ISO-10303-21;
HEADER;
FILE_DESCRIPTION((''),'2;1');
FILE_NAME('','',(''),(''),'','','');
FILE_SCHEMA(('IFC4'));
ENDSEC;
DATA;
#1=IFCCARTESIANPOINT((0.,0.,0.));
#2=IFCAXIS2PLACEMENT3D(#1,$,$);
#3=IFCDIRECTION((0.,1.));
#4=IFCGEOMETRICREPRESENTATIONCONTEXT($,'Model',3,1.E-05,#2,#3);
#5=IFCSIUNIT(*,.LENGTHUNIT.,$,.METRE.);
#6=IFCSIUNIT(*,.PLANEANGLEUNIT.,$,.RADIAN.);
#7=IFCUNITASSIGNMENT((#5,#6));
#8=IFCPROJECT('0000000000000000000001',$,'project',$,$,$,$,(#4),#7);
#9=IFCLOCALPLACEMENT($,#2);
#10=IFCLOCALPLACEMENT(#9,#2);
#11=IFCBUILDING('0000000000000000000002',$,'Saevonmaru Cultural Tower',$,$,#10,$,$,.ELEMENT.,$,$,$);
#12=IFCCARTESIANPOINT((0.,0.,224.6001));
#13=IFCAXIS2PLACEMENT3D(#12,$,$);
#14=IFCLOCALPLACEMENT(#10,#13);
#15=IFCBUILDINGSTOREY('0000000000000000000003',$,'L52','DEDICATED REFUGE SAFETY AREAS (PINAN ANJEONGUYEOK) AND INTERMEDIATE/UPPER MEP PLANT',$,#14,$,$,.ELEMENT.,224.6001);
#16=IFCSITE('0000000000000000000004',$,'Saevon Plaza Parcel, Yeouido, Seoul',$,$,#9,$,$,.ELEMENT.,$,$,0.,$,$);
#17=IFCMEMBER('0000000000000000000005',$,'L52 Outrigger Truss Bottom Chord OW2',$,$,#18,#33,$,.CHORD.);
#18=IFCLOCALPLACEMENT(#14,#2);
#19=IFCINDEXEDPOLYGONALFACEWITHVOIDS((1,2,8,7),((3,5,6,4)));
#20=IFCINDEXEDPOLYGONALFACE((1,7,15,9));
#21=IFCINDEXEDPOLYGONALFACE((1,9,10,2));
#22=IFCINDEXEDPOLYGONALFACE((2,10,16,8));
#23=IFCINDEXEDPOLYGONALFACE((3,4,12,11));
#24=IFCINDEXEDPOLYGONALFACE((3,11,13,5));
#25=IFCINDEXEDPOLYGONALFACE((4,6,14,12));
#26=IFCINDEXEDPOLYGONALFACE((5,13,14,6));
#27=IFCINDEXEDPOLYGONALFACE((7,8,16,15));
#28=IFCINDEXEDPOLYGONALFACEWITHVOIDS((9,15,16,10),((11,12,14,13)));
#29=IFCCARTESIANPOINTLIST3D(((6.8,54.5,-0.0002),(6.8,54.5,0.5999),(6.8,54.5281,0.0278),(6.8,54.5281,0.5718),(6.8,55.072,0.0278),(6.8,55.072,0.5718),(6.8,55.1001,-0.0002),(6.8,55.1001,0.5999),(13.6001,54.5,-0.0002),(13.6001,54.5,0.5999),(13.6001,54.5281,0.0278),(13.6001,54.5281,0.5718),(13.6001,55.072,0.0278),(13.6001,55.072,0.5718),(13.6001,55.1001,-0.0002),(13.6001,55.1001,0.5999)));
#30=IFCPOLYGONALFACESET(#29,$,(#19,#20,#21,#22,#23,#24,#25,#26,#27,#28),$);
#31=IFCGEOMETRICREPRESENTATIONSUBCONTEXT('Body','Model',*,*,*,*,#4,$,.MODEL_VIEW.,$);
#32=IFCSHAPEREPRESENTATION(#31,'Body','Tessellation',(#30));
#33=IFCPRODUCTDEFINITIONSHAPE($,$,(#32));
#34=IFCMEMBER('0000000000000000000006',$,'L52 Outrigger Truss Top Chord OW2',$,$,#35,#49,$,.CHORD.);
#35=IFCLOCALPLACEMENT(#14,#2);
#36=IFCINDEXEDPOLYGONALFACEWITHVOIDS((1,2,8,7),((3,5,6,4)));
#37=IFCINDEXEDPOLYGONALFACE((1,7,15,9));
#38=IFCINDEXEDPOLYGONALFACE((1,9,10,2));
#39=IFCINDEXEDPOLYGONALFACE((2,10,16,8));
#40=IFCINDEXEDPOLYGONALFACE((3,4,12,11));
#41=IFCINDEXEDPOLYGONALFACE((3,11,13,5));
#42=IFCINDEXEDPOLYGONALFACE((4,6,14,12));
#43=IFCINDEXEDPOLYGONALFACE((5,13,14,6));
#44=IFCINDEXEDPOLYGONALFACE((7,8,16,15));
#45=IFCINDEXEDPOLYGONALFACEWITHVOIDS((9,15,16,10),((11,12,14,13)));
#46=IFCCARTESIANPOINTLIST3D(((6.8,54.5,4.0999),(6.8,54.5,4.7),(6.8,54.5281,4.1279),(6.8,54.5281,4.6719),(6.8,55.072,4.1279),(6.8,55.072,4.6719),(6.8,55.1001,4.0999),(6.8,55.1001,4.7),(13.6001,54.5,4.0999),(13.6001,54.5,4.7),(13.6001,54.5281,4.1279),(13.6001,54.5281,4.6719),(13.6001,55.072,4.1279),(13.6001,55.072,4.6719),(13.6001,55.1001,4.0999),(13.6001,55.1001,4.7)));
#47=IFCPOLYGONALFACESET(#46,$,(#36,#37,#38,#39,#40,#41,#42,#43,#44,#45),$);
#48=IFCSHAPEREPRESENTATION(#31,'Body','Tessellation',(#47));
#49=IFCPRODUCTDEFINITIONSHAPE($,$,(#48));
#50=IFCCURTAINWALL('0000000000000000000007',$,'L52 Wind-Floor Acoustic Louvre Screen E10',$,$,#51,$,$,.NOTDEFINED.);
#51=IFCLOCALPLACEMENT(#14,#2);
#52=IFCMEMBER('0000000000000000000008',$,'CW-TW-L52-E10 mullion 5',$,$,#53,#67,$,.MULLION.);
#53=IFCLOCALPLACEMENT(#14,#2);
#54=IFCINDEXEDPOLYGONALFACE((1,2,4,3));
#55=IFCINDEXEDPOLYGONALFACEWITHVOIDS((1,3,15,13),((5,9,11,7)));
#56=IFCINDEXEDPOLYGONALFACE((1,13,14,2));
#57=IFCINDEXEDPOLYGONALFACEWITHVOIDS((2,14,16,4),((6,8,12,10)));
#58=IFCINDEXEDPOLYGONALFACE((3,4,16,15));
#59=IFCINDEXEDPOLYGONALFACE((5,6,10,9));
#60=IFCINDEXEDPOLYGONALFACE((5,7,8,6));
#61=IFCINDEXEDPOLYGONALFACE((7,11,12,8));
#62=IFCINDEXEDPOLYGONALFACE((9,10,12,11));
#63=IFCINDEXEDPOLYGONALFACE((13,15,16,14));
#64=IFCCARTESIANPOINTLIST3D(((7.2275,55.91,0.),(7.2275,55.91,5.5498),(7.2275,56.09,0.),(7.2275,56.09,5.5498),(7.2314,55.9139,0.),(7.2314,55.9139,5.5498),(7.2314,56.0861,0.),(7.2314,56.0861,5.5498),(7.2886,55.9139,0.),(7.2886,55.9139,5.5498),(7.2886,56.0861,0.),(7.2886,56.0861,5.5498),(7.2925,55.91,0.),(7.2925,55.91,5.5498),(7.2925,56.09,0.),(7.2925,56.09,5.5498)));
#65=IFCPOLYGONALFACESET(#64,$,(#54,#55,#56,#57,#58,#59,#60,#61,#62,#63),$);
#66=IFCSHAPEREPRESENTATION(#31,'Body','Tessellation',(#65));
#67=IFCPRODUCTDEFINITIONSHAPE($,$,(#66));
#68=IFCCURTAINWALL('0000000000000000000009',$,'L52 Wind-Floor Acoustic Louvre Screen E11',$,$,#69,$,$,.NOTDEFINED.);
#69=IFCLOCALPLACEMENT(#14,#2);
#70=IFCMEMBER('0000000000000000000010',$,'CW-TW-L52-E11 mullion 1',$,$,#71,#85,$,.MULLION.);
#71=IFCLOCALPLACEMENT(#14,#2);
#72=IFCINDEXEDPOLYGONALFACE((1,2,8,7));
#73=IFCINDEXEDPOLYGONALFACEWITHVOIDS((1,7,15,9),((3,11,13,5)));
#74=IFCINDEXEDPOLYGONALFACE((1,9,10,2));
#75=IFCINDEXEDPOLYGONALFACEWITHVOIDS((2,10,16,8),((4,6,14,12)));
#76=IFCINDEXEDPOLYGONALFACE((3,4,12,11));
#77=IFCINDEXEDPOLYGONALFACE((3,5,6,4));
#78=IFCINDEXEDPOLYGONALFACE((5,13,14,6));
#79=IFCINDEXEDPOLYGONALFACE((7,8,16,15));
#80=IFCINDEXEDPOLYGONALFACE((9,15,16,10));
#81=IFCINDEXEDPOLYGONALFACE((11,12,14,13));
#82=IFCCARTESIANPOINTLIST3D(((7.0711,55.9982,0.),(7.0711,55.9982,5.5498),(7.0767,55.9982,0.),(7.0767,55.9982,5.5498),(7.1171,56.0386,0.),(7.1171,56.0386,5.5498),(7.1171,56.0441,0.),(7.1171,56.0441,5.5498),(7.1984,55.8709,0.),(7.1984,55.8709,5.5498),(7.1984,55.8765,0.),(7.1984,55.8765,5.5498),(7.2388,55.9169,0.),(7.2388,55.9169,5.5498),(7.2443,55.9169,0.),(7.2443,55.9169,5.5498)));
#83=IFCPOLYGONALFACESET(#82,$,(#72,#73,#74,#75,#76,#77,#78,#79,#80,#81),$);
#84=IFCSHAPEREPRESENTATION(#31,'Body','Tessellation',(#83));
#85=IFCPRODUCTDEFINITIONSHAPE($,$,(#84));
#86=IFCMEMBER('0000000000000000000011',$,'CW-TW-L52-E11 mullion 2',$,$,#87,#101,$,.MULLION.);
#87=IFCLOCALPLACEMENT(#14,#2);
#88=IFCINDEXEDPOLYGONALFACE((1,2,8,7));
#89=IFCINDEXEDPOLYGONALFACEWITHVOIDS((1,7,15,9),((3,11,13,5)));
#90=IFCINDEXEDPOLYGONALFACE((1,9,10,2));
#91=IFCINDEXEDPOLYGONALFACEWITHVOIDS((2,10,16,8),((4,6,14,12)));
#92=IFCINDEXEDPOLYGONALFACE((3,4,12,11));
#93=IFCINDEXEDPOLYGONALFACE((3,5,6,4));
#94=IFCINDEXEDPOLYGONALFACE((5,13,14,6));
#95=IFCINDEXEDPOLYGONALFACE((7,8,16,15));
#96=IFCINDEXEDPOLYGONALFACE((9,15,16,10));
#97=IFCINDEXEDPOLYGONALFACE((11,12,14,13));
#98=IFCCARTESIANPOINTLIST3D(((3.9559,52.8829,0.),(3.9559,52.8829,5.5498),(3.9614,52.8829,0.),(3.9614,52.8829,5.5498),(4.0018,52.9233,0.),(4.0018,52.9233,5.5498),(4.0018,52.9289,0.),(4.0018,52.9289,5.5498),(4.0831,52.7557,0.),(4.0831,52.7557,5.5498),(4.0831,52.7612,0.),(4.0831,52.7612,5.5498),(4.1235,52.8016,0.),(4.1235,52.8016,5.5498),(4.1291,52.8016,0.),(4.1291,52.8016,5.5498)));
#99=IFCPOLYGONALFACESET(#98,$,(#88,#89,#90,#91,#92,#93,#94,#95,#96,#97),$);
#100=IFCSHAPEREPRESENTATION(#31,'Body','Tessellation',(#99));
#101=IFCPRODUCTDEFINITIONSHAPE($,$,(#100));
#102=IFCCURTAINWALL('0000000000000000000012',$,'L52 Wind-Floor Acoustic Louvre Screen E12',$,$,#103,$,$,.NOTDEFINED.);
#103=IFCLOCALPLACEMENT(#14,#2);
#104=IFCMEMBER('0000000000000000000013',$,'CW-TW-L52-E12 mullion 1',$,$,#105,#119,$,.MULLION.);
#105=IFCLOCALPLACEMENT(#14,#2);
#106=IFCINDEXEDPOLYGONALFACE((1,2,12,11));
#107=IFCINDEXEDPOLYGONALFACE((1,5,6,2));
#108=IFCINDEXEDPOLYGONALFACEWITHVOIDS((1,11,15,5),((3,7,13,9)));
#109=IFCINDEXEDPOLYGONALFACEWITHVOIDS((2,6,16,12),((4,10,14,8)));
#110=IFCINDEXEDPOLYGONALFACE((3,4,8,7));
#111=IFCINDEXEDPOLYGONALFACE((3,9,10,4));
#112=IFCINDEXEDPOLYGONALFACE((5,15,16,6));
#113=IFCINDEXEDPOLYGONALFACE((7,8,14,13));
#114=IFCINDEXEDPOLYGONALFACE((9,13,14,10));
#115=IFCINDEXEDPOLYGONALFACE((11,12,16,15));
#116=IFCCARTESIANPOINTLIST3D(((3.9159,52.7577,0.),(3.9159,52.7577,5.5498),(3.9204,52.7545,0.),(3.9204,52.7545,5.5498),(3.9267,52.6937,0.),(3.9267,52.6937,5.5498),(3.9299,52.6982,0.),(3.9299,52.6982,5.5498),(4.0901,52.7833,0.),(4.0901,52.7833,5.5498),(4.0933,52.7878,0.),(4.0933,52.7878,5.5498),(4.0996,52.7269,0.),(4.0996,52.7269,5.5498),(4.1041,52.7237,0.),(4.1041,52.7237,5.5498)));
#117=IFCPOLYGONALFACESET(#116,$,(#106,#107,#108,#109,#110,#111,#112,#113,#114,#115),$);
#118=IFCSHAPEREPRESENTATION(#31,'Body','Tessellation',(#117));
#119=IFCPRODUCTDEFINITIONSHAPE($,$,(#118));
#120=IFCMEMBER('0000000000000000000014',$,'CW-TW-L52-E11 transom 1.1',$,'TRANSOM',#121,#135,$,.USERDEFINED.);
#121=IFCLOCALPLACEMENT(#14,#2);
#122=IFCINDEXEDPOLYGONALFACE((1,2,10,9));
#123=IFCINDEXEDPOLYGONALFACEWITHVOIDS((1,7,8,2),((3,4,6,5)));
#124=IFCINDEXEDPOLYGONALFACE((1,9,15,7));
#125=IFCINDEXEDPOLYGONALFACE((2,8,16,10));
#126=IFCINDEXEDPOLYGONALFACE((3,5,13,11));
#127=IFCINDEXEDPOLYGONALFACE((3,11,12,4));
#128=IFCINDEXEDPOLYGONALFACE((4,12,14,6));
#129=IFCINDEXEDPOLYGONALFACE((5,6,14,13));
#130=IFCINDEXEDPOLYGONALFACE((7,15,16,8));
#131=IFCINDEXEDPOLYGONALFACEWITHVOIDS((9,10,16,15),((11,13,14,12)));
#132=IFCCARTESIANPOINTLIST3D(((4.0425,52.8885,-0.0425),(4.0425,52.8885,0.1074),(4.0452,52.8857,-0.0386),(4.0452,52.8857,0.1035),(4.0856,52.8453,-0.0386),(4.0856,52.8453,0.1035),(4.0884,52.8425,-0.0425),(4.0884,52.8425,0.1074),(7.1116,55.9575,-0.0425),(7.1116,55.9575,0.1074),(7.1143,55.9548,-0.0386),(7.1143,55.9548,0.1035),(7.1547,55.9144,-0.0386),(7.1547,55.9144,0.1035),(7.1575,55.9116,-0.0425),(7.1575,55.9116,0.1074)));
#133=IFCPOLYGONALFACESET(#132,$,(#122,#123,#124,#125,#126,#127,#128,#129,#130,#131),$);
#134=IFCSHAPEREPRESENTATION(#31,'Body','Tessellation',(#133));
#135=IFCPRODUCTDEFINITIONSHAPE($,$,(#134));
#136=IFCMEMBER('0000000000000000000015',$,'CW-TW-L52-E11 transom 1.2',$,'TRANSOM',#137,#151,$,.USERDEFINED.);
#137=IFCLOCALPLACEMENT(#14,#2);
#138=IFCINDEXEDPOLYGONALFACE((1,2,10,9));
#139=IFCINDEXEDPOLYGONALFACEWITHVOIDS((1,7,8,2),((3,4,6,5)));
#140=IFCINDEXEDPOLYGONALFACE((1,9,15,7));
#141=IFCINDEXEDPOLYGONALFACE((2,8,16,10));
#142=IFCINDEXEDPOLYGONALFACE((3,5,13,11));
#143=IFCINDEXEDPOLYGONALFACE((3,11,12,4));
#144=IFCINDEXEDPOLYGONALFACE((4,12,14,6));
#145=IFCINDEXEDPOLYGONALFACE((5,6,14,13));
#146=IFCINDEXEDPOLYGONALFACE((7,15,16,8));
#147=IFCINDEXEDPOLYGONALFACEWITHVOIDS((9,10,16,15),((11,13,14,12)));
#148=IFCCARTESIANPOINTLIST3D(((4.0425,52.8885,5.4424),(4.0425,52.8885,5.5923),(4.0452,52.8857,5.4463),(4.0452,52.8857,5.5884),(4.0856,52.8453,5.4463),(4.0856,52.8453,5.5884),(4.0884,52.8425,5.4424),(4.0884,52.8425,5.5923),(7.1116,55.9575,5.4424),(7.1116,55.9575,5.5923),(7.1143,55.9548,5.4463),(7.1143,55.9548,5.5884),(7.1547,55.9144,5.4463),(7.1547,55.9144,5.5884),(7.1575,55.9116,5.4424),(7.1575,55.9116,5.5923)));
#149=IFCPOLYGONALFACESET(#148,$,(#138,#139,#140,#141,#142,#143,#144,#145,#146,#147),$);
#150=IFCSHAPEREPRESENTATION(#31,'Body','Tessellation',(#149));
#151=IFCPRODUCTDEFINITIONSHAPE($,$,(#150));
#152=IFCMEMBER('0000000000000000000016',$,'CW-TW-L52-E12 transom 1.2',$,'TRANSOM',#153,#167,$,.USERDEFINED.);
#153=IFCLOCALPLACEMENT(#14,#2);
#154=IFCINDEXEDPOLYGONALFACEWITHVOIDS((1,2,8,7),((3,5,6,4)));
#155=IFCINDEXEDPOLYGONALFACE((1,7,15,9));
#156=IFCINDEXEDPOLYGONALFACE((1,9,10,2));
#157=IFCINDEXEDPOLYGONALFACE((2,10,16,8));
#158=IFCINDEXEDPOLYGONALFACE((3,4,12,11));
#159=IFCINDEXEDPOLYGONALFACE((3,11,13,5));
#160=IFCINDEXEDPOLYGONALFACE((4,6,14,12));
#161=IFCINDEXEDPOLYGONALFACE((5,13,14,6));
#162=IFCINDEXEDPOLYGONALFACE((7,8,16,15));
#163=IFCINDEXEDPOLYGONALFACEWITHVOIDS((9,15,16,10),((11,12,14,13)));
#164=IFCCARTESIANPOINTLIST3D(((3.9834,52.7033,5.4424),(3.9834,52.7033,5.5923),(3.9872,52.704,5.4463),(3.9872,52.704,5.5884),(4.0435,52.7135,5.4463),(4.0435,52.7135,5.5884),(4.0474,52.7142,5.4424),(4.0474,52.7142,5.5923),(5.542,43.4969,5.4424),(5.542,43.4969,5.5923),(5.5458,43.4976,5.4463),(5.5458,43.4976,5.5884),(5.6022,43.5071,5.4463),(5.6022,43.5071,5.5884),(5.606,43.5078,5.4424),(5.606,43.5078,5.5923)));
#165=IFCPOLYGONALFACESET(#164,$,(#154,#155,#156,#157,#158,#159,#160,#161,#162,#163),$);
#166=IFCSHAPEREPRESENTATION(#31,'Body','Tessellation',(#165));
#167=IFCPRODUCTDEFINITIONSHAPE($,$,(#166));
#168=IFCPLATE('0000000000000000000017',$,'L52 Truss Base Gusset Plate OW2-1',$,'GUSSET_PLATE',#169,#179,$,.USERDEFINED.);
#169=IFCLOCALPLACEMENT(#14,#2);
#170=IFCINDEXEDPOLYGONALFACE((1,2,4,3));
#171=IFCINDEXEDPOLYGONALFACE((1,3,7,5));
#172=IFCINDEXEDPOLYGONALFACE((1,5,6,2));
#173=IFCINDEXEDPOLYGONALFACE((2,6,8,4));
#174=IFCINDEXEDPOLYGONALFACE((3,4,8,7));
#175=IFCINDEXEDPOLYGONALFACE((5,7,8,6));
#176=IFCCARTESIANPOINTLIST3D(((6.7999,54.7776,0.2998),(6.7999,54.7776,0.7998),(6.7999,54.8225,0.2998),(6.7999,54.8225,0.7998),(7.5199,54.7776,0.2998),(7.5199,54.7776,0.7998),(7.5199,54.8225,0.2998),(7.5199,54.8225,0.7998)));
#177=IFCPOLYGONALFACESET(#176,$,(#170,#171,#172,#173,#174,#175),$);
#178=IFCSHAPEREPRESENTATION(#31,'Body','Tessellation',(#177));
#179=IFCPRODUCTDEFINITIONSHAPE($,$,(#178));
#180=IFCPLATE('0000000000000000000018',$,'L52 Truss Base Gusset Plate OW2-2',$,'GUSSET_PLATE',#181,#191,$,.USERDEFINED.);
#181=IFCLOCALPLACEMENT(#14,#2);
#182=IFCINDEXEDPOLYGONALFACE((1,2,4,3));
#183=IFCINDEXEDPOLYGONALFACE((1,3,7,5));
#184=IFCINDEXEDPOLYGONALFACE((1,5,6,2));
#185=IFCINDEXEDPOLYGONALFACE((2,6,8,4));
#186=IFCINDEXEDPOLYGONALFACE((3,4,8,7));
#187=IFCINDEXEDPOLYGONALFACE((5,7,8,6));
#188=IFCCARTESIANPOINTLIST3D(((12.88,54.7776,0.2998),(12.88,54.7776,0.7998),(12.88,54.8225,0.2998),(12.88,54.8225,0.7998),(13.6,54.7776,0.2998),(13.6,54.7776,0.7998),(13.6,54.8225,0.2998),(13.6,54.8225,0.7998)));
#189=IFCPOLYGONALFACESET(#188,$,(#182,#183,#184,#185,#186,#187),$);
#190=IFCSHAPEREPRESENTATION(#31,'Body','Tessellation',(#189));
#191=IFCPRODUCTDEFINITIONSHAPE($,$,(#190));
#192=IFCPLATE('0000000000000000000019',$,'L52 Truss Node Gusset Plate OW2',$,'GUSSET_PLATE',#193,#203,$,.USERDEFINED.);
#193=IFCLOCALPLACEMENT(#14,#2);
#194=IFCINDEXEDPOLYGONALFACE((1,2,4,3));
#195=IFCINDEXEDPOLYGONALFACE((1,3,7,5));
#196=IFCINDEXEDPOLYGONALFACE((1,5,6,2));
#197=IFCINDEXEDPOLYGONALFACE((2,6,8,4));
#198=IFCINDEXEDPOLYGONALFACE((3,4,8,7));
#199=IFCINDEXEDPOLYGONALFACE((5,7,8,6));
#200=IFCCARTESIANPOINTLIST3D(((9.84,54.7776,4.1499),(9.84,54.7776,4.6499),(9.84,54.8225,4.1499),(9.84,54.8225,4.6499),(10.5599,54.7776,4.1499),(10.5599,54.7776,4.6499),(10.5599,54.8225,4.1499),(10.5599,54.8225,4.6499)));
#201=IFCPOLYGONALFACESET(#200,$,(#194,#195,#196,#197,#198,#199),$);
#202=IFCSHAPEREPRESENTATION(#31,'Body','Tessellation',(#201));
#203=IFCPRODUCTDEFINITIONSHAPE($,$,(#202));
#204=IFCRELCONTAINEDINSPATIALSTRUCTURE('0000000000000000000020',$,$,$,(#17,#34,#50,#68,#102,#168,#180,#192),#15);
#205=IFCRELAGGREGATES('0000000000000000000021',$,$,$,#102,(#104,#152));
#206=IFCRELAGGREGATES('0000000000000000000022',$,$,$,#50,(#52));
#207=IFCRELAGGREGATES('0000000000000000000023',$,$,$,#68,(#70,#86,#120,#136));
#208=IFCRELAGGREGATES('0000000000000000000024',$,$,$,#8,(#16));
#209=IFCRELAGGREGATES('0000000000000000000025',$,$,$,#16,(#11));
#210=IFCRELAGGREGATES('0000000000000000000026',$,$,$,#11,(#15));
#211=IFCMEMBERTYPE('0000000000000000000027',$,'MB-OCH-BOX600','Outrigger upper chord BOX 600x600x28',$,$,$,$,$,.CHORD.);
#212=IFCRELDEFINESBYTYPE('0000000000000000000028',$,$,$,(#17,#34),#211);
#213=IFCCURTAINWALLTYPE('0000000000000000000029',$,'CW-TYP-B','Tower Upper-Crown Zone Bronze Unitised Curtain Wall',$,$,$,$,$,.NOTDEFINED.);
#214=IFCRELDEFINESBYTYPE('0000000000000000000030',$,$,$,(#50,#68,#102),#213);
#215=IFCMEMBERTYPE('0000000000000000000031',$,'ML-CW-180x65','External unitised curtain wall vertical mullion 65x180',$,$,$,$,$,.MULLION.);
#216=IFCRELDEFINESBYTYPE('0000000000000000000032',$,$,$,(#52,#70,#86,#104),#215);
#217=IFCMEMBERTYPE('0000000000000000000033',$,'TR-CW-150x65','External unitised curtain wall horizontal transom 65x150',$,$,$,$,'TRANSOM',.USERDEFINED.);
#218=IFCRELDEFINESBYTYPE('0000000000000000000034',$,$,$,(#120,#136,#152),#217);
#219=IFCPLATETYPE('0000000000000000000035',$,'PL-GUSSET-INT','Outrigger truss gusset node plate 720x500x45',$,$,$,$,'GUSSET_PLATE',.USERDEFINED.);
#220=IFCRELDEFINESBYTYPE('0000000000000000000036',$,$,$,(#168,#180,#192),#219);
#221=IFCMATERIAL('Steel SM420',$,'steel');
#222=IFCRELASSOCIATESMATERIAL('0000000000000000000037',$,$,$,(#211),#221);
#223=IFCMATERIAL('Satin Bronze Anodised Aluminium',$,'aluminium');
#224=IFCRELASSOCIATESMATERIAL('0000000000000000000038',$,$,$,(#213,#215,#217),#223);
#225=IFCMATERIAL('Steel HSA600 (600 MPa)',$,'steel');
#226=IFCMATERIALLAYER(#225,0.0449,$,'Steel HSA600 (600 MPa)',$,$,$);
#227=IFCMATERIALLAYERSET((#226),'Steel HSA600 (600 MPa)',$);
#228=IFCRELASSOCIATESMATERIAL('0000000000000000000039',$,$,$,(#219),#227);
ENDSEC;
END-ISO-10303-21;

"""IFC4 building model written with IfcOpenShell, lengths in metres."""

from ifc_helpers import new_model, si_unit, direction, frame, origin, origin_2d, place, context, subcontext, project, spatial, rectangle, hollow_rectangle, extrude, material, layer, layer_set, material_profile, profile_set, type_object, element, aggregate, save


model = new_model("IFC4")

# Units and contexts
model_context = context("Model", 3, precision=1e-05, world=origin(), true_north=direction((0.0, 1.0)))
body_context = subcontext(model_context, "Body", "Model", "MODEL_VIEW")
ifc_project = project(units=[si_unit("LENGTHUNIT", "METRE"), si_unit("PLANEANGLEUNIT", "RADIAN")], contexts=[model_context])

# Site, building, storey
site_placement = place(None, origin())
site = spatial("IfcSite", under=ifc_project, at=site_placement, Name="Saevon Plaza Parcel, Yeouido, Seoul", CompositionType="ELEMENT", RefElevation=0.0)
building_placement = place(site_placement, origin())
building = spatial("IfcBuilding", under=site, at=building_placement, Name="Saevonmaru Cultural Tower", CompositionType="ELEMENT")
storey_placement = place(building_placement, frame((0.0, 0.0, 224.6001)))
storey = spatial("IfcBuildingStorey", under=building, at=storey_placement, Name="L52", Description="DEDICATED REFUGE SAFETY AREAS (PINAN ANJEONGUYEOK) AND INTERMEDIATE/UPPER MEP PLANT", CompositionType="ELEMENT", Elevation=224.6001)

# Shared definitions
ifc_material_1 = material(Name="Steel SM420", Category="steel")

# Members
ifc_material_profile_1 = material_profile(ifc_material_1, hollow_rectangle(XDim=0.6001, YDim=0.6001, WallThickness=0.0281, at=origin_2d()), Name="BOX-600x600x28")
ifc_profile_set_1 = profile_set([ifc_material_profile_1], Name="Steel SM420")
member_type_1 = type_object("IfcMemberType", Name="MB-OCH-BOX600", Description="Outrigger upper chord BOX 600x600x28", PredefinedType="CHORD", material=ifc_profile_set_1)
for number, where, z_axis, x_axis, name in (
    (1, (6.8, 54.8, 0.2998), (1.0, 0.0, 0.0), (0.0, 1.0, 0.0), "L52 Outrigger Truss Bottom Chord OW2"),
    (2, (6.8, 54.8, 4.3999), (1.0, 0.0, 0.0), (0.0, 1.0, 0.0), "L52 Outrigger Truss Top Chord OW2"),
):
    element("IfcMember", number, at=place(storey_placement, frame(where, z_axis=z_axis, x_axis=x_axis)), inside=storey, type_object=member_type_1, Name=name, PredefinedType="CHORD", context=body_context, shape_type="SweptSolid", body=[
        extrude(hollow_rectangle(XDim=0.6001, YDim=0.6001, WallThickness=0.0281, at=origin_2d()), origin(), (0.0, 0.0, 1.0), 6.8),
    ])

# Curtain wall, member
ifc_material_2 = material(Name="Satin Bronze Anodised Aluminium", Category="aluminium")
curtain_wall_type = type_object("IfcCurtainWallType", Name="CW-TYP-B", Description="Tower Upper-Crown Zone Bronze Unitised Curtain Wall", PredefinedType="NOTDEFINED", material=ifc_material_2)
curtain_wall_1_placement = place(storey_placement, origin())
curtain_wall_1 = element("IfcCurtainWall", 3, at=curtain_wall_1_placement, inside=storey, type_object=curtain_wall_type, Name="L52 Wind-Floor Acoustic Louvre Screen E10", PredefinedType="NOTDEFINED")
ifc_material_profile_2 = material_profile(ifc_material_2, hollow_rectangle(XDim=0.0649, YDim=0.1799, WallThickness=0.0039, at=origin_2d()), Name="ALU-MULL-180x65x4")
ifc_profile_set_2 = profile_set([ifc_material_profile_2], Name="Satin Bronze Anodised Aluminium")
member_type_2 = type_object("IfcMemberType", Name="ML-CW-180x65", Description="External unitised curtain wall vertical mullion 65x180", PredefinedType="MULLION", material=ifc_profile_set_2)
member_1_placement = place(storey_placement, frame((7.26, 56.0, 0.0), z_axis=(0.0, 0.0, 1.0), x_axis=(-1.0, 0.0, 0.0)))
member_1 = element("IfcMember", 4, at=member_1_placement, type_object=member_type_2, Name="CW-TW-L52-E10 mullion 5", PredefinedType="MULLION", context=body_context, shape_type="SweptSolid", body=[
    extrude(hollow_rectangle(XDim=0.0649, YDim=0.1799, WallThickness=0.0039, at=origin_2d()), origin(), (0.0, 0.0, 1.0), 5.5498),
])

# Curtain wall, members
curtain_wall_2_placement = place(storey_placement, origin())
curtain_wall_2 = element("IfcCurtainWall", 5, at=curtain_wall_2_placement, inside=storey, type_object=curtain_wall_type, Name="L52 Wind-Floor Acoustic Louvre Screen E11", PredefinedType="NOTDEFINED")
member_2_placement = place(storey_placement, frame((7.1577, 55.9575, 0.0), z_axis=(0.0, 0.0, 1.0), x_axis=(-0.707107, -0.707107, 0.0)))
member_2 = element("IfcMember", 6, at=member_2_placement, type_object=member_type_2, Name="CW-TW-L52-E11 mullion 1", PredefinedType="MULLION", context=body_context, shape_type="SweptSolid", body=[
    extrude(hollow_rectangle(XDim=0.0649, YDim=0.1799, WallThickness=0.0039, at=origin_2d()), origin(), (0.0, 0.0, 1.0), 5.5498),
])
member_3_placement = place(storey_placement, frame((4.0425, 52.8423, 0.0), z_axis=(0.0, 0.0, 1.0), x_axis=(-0.707107, -0.707107, 0.0)))
member_3 = element("IfcMember", 7, at=member_3_placement, type_object=member_type_2, Name="CW-TW-L52-E11 mullion 2", PredefinedType="MULLION", context=body_context, shape_type="SweptSolid", body=[
    extrude(hollow_rectangle(XDim=0.0649, YDim=0.1799, WallThickness=0.0039, at=origin_2d()), origin(), (0.0, 0.0, 1.0), 5.5498),
])

# Curtain wall, member
curtain_wall_3_placement = place(storey_placement, origin())
curtain_wall_3 = element("IfcCurtainWall", 8, at=curtain_wall_3_placement, inside=storey, type_object=curtain_wall_type, Name="L52 Wind-Floor Acoustic Louvre Screen E12", PredefinedType="NOTDEFINED")
member_4_placement = place(storey_placement, frame((4.01, 52.7407, 0.0), z_axis=(0.0, 0.0, 1.0), x_axis=(0.166922, -0.98597, 0.0)))
member_4 = element("IfcMember", 9, at=member_4_placement, type_object=member_type_2, Name="CW-TW-L52-E12 mullion 1", PredefinedType="MULLION", context=body_context, shape_type="SweptSolid", body=[
    extrude(hollow_rectangle(XDim=0.0649, YDim=0.1799, WallThickness=0.0039, at=origin_2d()), origin(), (0.0, 0.0, 1.0), 5.5498),
])

# Members
ifc_material_profile_3 = material_profile(ifc_material_2, hollow_rectangle(XDim=0.0649, YDim=0.1499, WallThickness=0.0039, at=origin_2d()), Name="ALU-TRAN-150x65x4")
ifc_profile_set_3 = profile_set([ifc_material_profile_3], Name="Satin Bronze Anodised Aluminium")
member_type_3 = type_object("IfcMemberType", Name="TR-CW-150x65", Description="External unitised curtain wall horizontal transom 65x150", ElementType="TRANSOM", PredefinedType="USERDEFINED", material=ifc_profile_set_3)
member_5_placement = place(storey_placement, frame((7.1345, 55.9346, 0.0325), z_axis=(-0.707107, -0.707107, 0.0), x_axis=(0.707107, -0.707107, 0.0)))
member_5 = element("IfcMember", 10, at=member_5_placement, type_object=member_type_3, Name="CW-TW-L52-E11 transom 1.1", ObjectType="TRANSOM", PredefinedType="USERDEFINED", context=body_context, shape_type="SweptSolid", body=[
    extrude(hollow_rectangle(XDim=0.0649, YDim=0.1499, WallThickness=0.0039, at=origin_2d()), origin(), (0.0, 0.0, 1.0), 4.3403),
])
member_6_placement = place(storey_placement, frame((7.1345, 55.9346, 5.5173), z_axis=(-0.707107, -0.707107, 0.0), x_axis=(0.707107, -0.707107, 0.0)))
member_6 = element("IfcMember", 11, at=member_6_placement, type_object=member_type_3, Name="CW-TW-L52-E11 transom 1.2", ObjectType="TRANSOM", PredefinedType="USERDEFINED", context=body_context, shape_type="SweptSolid", body=[
    extrude(hollow_rectangle(XDim=0.0649, YDim=0.1499, WallThickness=0.0039, at=origin_2d()), origin(), (0.0, 0.0, 1.0), 4.3403),
])
member_7_placement = place(storey_placement, frame((4.0154, 52.7087, 5.5173), z_axis=(0.166921, -0.98597, 0.0), x_axis=(0.98597, 0.166921, 0.0)))
member_7 = element("IfcMember", 12, at=member_7_placement, type_object=member_type_3, Name="CW-TW-L52-E12 transom 1.2", ObjectType="TRANSOM", PredefinedType="USERDEFINED", context=body_context, shape_type="SweptSolid", body=[
    extrude(hollow_rectangle(XDim=0.0649, YDim=0.1499, WallThickness=0.0039, at=origin_2d()), origin(), (0.0, 0.0, 1.0), 9.3374),
])
aggregate(curtain_wall_3, [member_4, member_7])

# Plates
ifc_material_3 = material(Name="Steel HSA600 (600 MPa)", Category="steel")
ifc_layer_1 = layer(ifc_material_3, 0.0449, Name="Steel HSA600 (600 MPa)")
ifc_layer_set_1 = layer_set([ifc_layer_1], Name="Steel HSA600 (600 MPa)")
plate_type_1 = type_object("IfcPlateType", Name="PL-GUSSET-INT", Description="Outrigger truss gusset node plate 720x500x45", ElementType="GUSSET_PLATE", PredefinedType="USERDEFINED", material=ifc_layer_set_1)
for number, where, z_axis, x_axis, name in (
    (13, (7.1599, 54.8, 0.2998), (0.0, 0.0, 1.0), (1.0, 0.0, 0.0), "L52 Truss Base Gusset Plate OW2-1"),
    (14, (13.24, 54.8, 0.2998), (0.0, 0.0, 1.0), (1.0, 0.0, 0.0), "L52 Truss Base Gusset Plate OW2-2"),
    (15, (10.2, 54.8, 4.1499), (0.0, 0.0, 1.0), (1.0, 0.0, 0.0), "L52 Truss Node Gusset Plate OW2"),
):
    element("IfcPlate", number, at=place(storey_placement, frame(where, z_axis=z_axis, x_axis=x_axis)), inside=storey, type_object=plate_type_1, Name=name, ObjectType="GUSSET_PLATE", PredefinedType="USERDEFINED", context=body_context, shape_type="SweptSolid", body=[
        extrude(rectangle(XDim=0.72, YDim=0.0449, at=origin_2d()), origin(), (0.0, 0.0, 1.0), 0.5),
    ])

aggregate(curtain_wall_1, [member_1])
aggregate(curtain_wall_2, [member_2, member_3, member_5, member_6])

save(model, "model.ifc")
